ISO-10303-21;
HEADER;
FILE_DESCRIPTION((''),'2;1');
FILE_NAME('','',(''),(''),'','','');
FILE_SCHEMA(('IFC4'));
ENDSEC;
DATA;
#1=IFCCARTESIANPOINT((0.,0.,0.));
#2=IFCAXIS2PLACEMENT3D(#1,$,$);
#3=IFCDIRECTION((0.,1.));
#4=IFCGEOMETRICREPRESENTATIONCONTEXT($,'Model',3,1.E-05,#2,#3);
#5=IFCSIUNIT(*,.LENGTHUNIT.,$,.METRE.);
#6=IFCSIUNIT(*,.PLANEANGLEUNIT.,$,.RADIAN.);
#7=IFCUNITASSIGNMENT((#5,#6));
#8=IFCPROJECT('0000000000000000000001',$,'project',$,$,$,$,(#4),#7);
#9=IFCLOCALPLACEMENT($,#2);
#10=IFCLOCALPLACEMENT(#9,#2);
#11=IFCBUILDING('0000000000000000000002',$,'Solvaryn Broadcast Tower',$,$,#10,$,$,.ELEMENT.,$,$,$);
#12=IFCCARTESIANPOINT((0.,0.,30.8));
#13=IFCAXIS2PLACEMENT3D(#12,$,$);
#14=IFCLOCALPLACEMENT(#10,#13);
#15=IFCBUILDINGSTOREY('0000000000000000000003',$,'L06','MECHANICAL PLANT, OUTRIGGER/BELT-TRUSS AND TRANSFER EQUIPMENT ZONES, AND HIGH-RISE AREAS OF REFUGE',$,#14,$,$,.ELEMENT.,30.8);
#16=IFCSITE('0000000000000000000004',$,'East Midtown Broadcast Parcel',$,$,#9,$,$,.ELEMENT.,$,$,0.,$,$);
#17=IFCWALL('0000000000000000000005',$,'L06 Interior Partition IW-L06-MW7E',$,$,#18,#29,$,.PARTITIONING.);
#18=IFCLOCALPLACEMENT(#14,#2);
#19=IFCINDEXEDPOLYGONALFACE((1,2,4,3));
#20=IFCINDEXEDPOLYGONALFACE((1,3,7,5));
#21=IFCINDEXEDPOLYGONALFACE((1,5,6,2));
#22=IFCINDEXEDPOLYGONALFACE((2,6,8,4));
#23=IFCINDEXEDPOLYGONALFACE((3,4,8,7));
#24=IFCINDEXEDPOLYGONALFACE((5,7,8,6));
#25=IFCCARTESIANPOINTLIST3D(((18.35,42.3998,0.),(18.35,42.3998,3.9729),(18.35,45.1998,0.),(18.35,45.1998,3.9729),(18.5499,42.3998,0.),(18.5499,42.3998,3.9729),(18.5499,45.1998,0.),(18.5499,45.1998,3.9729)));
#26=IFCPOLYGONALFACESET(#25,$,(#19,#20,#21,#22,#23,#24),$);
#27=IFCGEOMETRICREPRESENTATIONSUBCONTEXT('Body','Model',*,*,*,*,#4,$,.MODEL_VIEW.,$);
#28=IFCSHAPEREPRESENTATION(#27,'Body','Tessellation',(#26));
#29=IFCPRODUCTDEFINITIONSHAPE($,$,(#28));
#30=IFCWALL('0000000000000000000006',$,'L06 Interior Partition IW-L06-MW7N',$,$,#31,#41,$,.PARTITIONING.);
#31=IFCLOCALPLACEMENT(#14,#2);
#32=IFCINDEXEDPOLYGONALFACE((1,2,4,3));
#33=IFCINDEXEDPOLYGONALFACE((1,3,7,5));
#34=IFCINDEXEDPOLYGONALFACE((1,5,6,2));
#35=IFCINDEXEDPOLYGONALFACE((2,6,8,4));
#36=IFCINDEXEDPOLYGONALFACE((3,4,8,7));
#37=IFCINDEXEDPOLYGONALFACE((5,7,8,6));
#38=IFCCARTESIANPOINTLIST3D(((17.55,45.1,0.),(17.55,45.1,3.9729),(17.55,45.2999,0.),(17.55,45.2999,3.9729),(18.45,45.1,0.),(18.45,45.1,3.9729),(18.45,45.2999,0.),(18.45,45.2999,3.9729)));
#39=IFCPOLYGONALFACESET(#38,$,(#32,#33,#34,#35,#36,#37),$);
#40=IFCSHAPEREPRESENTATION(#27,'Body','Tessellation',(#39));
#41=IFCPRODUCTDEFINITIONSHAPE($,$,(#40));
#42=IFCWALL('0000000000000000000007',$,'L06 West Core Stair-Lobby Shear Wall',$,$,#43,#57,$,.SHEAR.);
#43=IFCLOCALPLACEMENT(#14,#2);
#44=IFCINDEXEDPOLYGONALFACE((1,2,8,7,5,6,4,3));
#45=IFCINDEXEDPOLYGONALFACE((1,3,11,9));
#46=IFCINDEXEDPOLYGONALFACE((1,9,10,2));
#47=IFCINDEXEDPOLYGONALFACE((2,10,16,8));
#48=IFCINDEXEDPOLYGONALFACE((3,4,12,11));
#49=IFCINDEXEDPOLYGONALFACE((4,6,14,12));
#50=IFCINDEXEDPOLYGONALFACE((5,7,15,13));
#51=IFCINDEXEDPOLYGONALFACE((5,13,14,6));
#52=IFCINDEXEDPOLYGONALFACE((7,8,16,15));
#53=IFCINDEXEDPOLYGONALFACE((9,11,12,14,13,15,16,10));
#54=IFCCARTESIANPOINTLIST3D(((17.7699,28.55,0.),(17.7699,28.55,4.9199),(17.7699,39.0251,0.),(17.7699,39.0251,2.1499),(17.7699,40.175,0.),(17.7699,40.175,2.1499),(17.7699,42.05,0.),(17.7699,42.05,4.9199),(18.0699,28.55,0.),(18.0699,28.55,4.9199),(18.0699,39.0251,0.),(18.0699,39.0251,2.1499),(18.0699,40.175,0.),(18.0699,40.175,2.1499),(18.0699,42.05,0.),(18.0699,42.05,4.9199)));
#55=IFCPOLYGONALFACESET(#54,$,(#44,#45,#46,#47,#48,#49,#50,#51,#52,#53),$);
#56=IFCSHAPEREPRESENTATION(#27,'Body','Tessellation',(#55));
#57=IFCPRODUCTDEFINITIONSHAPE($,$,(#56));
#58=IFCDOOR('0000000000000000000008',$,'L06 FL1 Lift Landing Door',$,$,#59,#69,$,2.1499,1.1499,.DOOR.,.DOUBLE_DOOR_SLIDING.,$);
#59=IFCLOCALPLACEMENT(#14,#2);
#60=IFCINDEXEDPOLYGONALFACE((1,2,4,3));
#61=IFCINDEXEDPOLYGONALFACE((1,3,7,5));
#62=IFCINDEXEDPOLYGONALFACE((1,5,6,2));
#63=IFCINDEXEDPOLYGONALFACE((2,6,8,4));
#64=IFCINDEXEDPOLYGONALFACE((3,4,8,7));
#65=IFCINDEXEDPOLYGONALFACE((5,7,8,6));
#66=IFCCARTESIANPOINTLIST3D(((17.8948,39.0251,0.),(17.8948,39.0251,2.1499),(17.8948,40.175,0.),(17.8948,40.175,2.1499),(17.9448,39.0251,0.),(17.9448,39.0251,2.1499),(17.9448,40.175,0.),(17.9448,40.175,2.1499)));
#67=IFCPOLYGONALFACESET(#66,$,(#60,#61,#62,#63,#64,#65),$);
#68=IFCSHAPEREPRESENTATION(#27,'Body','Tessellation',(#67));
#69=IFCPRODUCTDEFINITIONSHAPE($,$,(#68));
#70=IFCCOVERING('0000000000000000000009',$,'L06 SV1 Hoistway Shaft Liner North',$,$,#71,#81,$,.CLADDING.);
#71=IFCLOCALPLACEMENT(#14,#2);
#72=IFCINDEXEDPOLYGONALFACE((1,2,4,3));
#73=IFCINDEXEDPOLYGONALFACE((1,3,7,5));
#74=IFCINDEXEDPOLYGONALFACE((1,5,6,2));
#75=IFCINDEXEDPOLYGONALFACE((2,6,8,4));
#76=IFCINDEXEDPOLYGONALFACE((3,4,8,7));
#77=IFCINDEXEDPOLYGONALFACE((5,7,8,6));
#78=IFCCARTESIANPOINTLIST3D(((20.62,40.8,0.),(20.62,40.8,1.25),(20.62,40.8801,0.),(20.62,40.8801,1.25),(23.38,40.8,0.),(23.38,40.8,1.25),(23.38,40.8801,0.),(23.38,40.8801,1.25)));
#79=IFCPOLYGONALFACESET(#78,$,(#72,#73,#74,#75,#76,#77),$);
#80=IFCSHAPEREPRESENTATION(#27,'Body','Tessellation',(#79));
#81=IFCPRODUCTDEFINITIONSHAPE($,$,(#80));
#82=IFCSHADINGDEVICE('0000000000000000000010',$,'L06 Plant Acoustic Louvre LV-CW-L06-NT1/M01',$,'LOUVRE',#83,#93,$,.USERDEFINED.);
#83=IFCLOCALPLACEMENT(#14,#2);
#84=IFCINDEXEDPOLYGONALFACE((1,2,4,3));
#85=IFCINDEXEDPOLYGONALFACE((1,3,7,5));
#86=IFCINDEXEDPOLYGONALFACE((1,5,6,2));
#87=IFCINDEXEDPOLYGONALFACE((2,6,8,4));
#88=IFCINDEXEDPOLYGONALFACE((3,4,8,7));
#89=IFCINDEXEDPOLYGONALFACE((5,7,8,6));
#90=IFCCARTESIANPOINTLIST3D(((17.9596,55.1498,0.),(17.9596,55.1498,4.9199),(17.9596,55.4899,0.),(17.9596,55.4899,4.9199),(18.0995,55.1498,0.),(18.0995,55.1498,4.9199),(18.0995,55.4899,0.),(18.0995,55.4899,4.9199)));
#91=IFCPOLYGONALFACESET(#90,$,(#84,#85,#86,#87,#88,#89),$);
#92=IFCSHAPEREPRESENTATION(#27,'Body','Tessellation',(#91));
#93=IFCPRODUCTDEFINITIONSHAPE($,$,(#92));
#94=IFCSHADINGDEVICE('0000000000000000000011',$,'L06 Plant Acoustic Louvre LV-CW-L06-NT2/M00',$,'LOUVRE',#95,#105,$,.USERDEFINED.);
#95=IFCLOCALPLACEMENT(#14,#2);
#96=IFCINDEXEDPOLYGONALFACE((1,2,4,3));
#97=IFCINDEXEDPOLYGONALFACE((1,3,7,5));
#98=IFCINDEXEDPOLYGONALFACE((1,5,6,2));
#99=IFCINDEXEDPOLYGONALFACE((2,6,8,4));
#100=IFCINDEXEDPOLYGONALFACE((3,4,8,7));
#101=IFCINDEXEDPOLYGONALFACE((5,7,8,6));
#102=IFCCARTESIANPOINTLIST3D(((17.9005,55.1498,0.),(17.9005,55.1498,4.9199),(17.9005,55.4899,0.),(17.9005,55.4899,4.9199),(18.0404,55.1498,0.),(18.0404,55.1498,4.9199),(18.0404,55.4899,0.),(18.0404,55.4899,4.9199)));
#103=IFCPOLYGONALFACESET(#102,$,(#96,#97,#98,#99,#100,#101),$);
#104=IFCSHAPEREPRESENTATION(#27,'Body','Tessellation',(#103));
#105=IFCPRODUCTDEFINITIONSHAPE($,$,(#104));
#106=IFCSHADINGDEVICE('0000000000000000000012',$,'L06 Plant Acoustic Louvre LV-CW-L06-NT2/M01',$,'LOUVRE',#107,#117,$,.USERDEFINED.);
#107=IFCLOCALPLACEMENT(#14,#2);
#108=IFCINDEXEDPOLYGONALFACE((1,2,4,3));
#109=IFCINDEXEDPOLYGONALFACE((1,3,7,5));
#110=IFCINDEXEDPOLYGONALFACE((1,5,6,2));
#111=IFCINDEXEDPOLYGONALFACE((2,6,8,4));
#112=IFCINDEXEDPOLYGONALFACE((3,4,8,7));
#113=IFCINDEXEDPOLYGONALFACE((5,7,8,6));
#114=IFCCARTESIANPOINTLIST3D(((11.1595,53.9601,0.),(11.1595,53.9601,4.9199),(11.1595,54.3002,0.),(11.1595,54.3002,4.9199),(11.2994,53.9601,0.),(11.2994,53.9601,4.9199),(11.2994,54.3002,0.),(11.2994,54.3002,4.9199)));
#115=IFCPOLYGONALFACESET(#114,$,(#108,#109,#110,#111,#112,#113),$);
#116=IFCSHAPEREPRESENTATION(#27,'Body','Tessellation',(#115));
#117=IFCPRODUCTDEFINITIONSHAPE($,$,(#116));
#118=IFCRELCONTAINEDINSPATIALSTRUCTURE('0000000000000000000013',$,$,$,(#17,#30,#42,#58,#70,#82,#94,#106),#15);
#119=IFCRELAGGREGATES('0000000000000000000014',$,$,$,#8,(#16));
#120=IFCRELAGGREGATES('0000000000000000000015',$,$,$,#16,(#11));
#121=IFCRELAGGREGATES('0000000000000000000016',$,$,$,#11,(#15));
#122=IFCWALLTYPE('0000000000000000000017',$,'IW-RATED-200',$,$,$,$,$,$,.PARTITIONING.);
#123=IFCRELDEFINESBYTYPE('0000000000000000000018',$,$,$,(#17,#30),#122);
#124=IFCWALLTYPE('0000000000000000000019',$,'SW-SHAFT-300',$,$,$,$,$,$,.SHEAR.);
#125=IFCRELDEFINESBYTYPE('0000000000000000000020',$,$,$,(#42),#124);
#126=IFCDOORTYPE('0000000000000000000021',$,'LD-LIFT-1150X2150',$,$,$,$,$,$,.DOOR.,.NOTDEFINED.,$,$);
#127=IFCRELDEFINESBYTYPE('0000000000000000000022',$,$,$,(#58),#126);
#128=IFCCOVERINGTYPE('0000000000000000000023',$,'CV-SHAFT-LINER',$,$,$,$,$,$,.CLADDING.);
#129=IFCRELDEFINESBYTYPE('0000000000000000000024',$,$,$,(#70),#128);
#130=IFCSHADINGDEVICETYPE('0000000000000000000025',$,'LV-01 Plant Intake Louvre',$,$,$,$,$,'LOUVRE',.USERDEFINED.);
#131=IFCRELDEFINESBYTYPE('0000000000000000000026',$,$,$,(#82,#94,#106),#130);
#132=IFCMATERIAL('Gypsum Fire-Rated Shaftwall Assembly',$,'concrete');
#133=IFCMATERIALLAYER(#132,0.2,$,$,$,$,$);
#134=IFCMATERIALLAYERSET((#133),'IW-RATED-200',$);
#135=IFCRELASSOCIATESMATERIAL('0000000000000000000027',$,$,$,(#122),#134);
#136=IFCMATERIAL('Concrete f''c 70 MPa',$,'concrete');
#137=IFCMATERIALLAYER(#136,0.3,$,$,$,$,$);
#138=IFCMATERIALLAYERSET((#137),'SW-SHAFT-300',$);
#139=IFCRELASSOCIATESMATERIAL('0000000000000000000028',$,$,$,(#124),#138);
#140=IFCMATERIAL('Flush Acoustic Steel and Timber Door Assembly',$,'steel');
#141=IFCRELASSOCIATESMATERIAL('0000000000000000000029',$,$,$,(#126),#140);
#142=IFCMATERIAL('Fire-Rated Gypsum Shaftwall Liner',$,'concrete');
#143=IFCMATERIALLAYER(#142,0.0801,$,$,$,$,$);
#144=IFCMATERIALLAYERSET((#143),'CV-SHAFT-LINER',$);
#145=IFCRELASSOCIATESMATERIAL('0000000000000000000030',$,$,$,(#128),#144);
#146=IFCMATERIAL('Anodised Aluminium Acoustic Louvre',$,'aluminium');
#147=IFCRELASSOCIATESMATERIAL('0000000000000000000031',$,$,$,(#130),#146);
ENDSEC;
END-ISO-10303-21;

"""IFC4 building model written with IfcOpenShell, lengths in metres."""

from ifc_helpers import new_model, si_unit, direction, frame, frame_2d, origin, origin_2d, place, context, subcontext, project, spatial, rectangle, extrude, material, layer, layer_set, type_object, element, fill, save


model = new_model("IFC4")

# Units and contexts
model_context = context("Model", 3, precision=1e-05, world=origin(), true_north=direction((0.0, 1.0)))
body_context = subcontext(model_context, "Body", "Model", "MODEL_VIEW")
ifc_project = project(units=[si_unit("LENGTHUNIT", "METRE"), si_unit("PLANEANGLEUNIT", "RADIAN")], contexts=[model_context])

# Site, building, storey
site_placement = place(None, origin())
site = spatial("IfcSite", under=ifc_project, at=site_placement, Name="East Midtown Broadcast Parcel", CompositionType="ELEMENT", RefElevation=0.0)
building_placement = place(site_placement, origin())
building = spatial("IfcBuilding", under=site, at=building_placement, Name="Solvaryn Broadcast Tower", CompositionType="ELEMENT")
storey_placement = place(building_placement, frame((0.0, 0.0, 30.8)))
storey = spatial("IfcBuildingStorey", under=building, at=storey_placement, Name="L06", Description="MECHANICAL PLANT, OUTRIGGER/BELT-TRUSS AND TRANSFER EQUIPMENT ZONES, AND HIGH-RISE AREAS OF REFUGE", CompositionType="ELEMENT", Elevation=30.8)

# Shared definitions
ifc_material_1 = material(Name="Gypsum Fire-Rated Shaftwall Assembly", Category="concrete")
ifc_layer_1 = layer(ifc_material_1, 0.2)
ifc_layer_set_1 = layer_set([ifc_layer_1], Name="IW-RATED-200")
wall_type_1 = type_object("IfcWallType", Name="IW-RATED-200", PredefinedType="PARTITIONING", material=ifc_layer_set_1)

# Walls
for number, where, z_axis, x_axis, name in (
    (1, (18.45, 42.3999, 0.0), (0.0, 0.0, 1.0), (0.0, 1.0, 0.0), "L06 Interior Partition IW-L06-MW7E"),
):
    element("IfcWall", number, at=place(storey_placement, frame(where, z_axis=z_axis, x_axis=x_axis)), inside=storey, type_object=wall_type_1, Name=name, PredefinedType="PARTITIONING", context=body_context, shape_type="SweptSolid", body=[
        extrude(rectangle(XDim=2.8, YDim=0.2, at=frame_2d((1.3999, 0.0))), origin(), (0.0, 0.0, 1.0), 3.9729),
    ])
wall_1_placement = place(storey_placement, frame((17.55, 45.2, 0.0), z_axis=(0.0, 0.0, 1.0), x_axis=(1.0, 0.0, 0.0)))
element("IfcWall", 2, at=wall_1_placement, inside=storey, type_object=wall_type_1, Name="L06 Interior Partition IW-L06-MW7N", PredefinedType="PARTITIONING", context=body_context, shape_type="SweptSolid", body=[
    extrude(rectangle(XDim=0.8999, YDim=0.2, at=frame_2d((0.45, 0.0))), origin(), (0.0, 0.0, 1.0), 3.9729),
])

# Wall, opening, door
ifc_material_2 = material(Name="Concrete f'c 70 MPa", Category="concrete")
ifc_layer_2 = layer(ifc_material_2, 0.3)
ifc_layer_set_2 = layer_set([ifc_layer_2], Name="SW-SHAFT-300")
wall_type_2 = type_object("IfcWallType", Name="SW-SHAFT-300", PredefinedType="SHEAR", material=ifc_layer_set_2)
wall_2_placement = place(storey_placement, frame((17.9199, 42.05, 0.0), z_axis=(0.0, 0.0, 1.0), x_axis=(0.0, -1.0, 0.0)))
wall_2 = element("IfcWall", 3, at=wall_2_placement, inside=storey, type_object=wall_type_2, Name="L06 West Core Stair-Lobby Shear Wall", PredefinedType="SHEAR", context=body_context, shape_type="SweptSolid", body=[
    extrude(rectangle(XDim=13.5, YDim=0.3, at=frame_2d((6.75, 0.0))), origin(), (0.0, 0.0, 1.0), 4.9199),
])
opening_1_placement = place(wall_2_placement, frame((1.875, 0.0, 0.0)))
opening_1 = element("IfcOpeningElement", 4, at=opening_1_placement, cuts=wall_2, PredefinedType="OPENING", context=body_context, shape_type="SweptSolid", body=[
    extrude(rectangle(XDim=1.1499, YDim=2.1499, at=frame_2d((0.575, 1.075))), frame((0.0, 0.1599, 0.0), z_axis=(0.0, -1.0, 0.0), x_axis=(1.0, 0.0, 0.0)), (0.0, 0.0, 1.0), 0.3201),
])
ifc_material_3 = material(Name="Flush Acoustic Steel and Timber Door Assembly", Category="steel")
door_type_1 = type_object("IfcDoorType", Name="LD-LIFT-1150X2150", OperationType="NOTDEFINED", PredefinedType="DOOR", material=ifc_material_3)
door_1_placement = place(opening_1_placement, origin())
door_1 = element("IfcDoor", 5, at=door_1_placement, inside=storey, type_object=door_type_1, Name="L06 FL1 Lift Landing Door", OperationType="DOUBLE_DOOR_SLIDING", OverallHeight=2.1499, OverallWidth=1.1499, PredefinedType="DOOR", context=body_context, shape_type="SweptSolid", body=[
    extrude(rectangle(XDim=1.1499, YDim=2.1499, at=frame_2d((0.575, 1.075))), frame((0.0, 0.0249, 0.0), z_axis=(0.0, -1.0, 0.0), x_axis=(1.0, 0.0, 0.0)), (0.0, 0.0, 1.0), 0.05),
])
fill(opening_1, door_1)

# Covering
ifc_material_4 = material(Name="Fire-Rated Gypsum Shaftwall Liner", Category="concrete")
ifc_layer_3 = layer(ifc_material_4, 0.0801)
ifc_layer_set_3 = layer_set([ifc_layer_3], Name="CV-SHAFT-LINER")
covering_type = type_object("IfcCoveringType", Name="CV-SHAFT-LINER", PredefinedType="CLADDING", material=ifc_layer_set_3)
covering_placement = place(storey_placement, frame((22.0, 40.8401, 0.0), z_axis=(0.0, 0.0, 1.0), x_axis=(1.0, 0.0, 0.0)))
element("IfcCovering", 6, at=covering_placement, inside=storey, type_object=covering_type, Name="L06 SV1 Hoistway Shaft Liner North", PredefinedType="CLADDING", context=body_context, shape_type="SweptSolid", body=[
    extrude(rectangle(XDim=2.76, YDim=0.0801, at=origin_2d()), origin(), (0.0, 0.0, 1.0), 1.25),
])

# Shading devices
ifc_material_5 = material(Name="Anodised Aluminium Acoustic Louvre", Category="aluminium")
shading_device_type = type_object("IfcShadingDeviceType", Name="LV-01 Plant Intake Louvre", ElementType="LOUVRE", PredefinedType="USERDEFINED", material=ifc_material_5)
for number, where, z_axis, x_axis, name in (
    (7, (18.0295, 55.3198, 0.0), (0.0, 0.0, 1.0), (1.0, 0.0, 0.0), "L06 Plant Acoustic Louvre LV-CW-L06-NT1/M01"),
    (8, (17.9705, 55.3198, 0.0), (0.0, 0.0, 1.0), (1.0, 0.0, 0.0), "L06 Plant Acoustic Louvre LV-CW-L06-NT2/M00"),
    (9, (11.2295, 54.1301, 0.0), (0.0, 0.0, 1.0), (1.0, 0.0, 0.0), "L06 Plant Acoustic Louvre LV-CW-L06-NT2/M01"),
):
    element("IfcShadingDevice", number, at=place(storey_placement, frame(where, z_axis=z_axis, x_axis=x_axis)), inside=storey, type_object=shading_device_type, Name=name, ObjectType="LOUVRE", PredefinedType="USERDEFINED", context=body_context, shape_type="SweptSolid", body=[
        extrude(rectangle(XDim=0.1399, YDim=0.3401, at=origin_2d()), origin(), (0.0, 0.0, 1.0), 4.9199),
    ])

save(model, "model.ifc")
